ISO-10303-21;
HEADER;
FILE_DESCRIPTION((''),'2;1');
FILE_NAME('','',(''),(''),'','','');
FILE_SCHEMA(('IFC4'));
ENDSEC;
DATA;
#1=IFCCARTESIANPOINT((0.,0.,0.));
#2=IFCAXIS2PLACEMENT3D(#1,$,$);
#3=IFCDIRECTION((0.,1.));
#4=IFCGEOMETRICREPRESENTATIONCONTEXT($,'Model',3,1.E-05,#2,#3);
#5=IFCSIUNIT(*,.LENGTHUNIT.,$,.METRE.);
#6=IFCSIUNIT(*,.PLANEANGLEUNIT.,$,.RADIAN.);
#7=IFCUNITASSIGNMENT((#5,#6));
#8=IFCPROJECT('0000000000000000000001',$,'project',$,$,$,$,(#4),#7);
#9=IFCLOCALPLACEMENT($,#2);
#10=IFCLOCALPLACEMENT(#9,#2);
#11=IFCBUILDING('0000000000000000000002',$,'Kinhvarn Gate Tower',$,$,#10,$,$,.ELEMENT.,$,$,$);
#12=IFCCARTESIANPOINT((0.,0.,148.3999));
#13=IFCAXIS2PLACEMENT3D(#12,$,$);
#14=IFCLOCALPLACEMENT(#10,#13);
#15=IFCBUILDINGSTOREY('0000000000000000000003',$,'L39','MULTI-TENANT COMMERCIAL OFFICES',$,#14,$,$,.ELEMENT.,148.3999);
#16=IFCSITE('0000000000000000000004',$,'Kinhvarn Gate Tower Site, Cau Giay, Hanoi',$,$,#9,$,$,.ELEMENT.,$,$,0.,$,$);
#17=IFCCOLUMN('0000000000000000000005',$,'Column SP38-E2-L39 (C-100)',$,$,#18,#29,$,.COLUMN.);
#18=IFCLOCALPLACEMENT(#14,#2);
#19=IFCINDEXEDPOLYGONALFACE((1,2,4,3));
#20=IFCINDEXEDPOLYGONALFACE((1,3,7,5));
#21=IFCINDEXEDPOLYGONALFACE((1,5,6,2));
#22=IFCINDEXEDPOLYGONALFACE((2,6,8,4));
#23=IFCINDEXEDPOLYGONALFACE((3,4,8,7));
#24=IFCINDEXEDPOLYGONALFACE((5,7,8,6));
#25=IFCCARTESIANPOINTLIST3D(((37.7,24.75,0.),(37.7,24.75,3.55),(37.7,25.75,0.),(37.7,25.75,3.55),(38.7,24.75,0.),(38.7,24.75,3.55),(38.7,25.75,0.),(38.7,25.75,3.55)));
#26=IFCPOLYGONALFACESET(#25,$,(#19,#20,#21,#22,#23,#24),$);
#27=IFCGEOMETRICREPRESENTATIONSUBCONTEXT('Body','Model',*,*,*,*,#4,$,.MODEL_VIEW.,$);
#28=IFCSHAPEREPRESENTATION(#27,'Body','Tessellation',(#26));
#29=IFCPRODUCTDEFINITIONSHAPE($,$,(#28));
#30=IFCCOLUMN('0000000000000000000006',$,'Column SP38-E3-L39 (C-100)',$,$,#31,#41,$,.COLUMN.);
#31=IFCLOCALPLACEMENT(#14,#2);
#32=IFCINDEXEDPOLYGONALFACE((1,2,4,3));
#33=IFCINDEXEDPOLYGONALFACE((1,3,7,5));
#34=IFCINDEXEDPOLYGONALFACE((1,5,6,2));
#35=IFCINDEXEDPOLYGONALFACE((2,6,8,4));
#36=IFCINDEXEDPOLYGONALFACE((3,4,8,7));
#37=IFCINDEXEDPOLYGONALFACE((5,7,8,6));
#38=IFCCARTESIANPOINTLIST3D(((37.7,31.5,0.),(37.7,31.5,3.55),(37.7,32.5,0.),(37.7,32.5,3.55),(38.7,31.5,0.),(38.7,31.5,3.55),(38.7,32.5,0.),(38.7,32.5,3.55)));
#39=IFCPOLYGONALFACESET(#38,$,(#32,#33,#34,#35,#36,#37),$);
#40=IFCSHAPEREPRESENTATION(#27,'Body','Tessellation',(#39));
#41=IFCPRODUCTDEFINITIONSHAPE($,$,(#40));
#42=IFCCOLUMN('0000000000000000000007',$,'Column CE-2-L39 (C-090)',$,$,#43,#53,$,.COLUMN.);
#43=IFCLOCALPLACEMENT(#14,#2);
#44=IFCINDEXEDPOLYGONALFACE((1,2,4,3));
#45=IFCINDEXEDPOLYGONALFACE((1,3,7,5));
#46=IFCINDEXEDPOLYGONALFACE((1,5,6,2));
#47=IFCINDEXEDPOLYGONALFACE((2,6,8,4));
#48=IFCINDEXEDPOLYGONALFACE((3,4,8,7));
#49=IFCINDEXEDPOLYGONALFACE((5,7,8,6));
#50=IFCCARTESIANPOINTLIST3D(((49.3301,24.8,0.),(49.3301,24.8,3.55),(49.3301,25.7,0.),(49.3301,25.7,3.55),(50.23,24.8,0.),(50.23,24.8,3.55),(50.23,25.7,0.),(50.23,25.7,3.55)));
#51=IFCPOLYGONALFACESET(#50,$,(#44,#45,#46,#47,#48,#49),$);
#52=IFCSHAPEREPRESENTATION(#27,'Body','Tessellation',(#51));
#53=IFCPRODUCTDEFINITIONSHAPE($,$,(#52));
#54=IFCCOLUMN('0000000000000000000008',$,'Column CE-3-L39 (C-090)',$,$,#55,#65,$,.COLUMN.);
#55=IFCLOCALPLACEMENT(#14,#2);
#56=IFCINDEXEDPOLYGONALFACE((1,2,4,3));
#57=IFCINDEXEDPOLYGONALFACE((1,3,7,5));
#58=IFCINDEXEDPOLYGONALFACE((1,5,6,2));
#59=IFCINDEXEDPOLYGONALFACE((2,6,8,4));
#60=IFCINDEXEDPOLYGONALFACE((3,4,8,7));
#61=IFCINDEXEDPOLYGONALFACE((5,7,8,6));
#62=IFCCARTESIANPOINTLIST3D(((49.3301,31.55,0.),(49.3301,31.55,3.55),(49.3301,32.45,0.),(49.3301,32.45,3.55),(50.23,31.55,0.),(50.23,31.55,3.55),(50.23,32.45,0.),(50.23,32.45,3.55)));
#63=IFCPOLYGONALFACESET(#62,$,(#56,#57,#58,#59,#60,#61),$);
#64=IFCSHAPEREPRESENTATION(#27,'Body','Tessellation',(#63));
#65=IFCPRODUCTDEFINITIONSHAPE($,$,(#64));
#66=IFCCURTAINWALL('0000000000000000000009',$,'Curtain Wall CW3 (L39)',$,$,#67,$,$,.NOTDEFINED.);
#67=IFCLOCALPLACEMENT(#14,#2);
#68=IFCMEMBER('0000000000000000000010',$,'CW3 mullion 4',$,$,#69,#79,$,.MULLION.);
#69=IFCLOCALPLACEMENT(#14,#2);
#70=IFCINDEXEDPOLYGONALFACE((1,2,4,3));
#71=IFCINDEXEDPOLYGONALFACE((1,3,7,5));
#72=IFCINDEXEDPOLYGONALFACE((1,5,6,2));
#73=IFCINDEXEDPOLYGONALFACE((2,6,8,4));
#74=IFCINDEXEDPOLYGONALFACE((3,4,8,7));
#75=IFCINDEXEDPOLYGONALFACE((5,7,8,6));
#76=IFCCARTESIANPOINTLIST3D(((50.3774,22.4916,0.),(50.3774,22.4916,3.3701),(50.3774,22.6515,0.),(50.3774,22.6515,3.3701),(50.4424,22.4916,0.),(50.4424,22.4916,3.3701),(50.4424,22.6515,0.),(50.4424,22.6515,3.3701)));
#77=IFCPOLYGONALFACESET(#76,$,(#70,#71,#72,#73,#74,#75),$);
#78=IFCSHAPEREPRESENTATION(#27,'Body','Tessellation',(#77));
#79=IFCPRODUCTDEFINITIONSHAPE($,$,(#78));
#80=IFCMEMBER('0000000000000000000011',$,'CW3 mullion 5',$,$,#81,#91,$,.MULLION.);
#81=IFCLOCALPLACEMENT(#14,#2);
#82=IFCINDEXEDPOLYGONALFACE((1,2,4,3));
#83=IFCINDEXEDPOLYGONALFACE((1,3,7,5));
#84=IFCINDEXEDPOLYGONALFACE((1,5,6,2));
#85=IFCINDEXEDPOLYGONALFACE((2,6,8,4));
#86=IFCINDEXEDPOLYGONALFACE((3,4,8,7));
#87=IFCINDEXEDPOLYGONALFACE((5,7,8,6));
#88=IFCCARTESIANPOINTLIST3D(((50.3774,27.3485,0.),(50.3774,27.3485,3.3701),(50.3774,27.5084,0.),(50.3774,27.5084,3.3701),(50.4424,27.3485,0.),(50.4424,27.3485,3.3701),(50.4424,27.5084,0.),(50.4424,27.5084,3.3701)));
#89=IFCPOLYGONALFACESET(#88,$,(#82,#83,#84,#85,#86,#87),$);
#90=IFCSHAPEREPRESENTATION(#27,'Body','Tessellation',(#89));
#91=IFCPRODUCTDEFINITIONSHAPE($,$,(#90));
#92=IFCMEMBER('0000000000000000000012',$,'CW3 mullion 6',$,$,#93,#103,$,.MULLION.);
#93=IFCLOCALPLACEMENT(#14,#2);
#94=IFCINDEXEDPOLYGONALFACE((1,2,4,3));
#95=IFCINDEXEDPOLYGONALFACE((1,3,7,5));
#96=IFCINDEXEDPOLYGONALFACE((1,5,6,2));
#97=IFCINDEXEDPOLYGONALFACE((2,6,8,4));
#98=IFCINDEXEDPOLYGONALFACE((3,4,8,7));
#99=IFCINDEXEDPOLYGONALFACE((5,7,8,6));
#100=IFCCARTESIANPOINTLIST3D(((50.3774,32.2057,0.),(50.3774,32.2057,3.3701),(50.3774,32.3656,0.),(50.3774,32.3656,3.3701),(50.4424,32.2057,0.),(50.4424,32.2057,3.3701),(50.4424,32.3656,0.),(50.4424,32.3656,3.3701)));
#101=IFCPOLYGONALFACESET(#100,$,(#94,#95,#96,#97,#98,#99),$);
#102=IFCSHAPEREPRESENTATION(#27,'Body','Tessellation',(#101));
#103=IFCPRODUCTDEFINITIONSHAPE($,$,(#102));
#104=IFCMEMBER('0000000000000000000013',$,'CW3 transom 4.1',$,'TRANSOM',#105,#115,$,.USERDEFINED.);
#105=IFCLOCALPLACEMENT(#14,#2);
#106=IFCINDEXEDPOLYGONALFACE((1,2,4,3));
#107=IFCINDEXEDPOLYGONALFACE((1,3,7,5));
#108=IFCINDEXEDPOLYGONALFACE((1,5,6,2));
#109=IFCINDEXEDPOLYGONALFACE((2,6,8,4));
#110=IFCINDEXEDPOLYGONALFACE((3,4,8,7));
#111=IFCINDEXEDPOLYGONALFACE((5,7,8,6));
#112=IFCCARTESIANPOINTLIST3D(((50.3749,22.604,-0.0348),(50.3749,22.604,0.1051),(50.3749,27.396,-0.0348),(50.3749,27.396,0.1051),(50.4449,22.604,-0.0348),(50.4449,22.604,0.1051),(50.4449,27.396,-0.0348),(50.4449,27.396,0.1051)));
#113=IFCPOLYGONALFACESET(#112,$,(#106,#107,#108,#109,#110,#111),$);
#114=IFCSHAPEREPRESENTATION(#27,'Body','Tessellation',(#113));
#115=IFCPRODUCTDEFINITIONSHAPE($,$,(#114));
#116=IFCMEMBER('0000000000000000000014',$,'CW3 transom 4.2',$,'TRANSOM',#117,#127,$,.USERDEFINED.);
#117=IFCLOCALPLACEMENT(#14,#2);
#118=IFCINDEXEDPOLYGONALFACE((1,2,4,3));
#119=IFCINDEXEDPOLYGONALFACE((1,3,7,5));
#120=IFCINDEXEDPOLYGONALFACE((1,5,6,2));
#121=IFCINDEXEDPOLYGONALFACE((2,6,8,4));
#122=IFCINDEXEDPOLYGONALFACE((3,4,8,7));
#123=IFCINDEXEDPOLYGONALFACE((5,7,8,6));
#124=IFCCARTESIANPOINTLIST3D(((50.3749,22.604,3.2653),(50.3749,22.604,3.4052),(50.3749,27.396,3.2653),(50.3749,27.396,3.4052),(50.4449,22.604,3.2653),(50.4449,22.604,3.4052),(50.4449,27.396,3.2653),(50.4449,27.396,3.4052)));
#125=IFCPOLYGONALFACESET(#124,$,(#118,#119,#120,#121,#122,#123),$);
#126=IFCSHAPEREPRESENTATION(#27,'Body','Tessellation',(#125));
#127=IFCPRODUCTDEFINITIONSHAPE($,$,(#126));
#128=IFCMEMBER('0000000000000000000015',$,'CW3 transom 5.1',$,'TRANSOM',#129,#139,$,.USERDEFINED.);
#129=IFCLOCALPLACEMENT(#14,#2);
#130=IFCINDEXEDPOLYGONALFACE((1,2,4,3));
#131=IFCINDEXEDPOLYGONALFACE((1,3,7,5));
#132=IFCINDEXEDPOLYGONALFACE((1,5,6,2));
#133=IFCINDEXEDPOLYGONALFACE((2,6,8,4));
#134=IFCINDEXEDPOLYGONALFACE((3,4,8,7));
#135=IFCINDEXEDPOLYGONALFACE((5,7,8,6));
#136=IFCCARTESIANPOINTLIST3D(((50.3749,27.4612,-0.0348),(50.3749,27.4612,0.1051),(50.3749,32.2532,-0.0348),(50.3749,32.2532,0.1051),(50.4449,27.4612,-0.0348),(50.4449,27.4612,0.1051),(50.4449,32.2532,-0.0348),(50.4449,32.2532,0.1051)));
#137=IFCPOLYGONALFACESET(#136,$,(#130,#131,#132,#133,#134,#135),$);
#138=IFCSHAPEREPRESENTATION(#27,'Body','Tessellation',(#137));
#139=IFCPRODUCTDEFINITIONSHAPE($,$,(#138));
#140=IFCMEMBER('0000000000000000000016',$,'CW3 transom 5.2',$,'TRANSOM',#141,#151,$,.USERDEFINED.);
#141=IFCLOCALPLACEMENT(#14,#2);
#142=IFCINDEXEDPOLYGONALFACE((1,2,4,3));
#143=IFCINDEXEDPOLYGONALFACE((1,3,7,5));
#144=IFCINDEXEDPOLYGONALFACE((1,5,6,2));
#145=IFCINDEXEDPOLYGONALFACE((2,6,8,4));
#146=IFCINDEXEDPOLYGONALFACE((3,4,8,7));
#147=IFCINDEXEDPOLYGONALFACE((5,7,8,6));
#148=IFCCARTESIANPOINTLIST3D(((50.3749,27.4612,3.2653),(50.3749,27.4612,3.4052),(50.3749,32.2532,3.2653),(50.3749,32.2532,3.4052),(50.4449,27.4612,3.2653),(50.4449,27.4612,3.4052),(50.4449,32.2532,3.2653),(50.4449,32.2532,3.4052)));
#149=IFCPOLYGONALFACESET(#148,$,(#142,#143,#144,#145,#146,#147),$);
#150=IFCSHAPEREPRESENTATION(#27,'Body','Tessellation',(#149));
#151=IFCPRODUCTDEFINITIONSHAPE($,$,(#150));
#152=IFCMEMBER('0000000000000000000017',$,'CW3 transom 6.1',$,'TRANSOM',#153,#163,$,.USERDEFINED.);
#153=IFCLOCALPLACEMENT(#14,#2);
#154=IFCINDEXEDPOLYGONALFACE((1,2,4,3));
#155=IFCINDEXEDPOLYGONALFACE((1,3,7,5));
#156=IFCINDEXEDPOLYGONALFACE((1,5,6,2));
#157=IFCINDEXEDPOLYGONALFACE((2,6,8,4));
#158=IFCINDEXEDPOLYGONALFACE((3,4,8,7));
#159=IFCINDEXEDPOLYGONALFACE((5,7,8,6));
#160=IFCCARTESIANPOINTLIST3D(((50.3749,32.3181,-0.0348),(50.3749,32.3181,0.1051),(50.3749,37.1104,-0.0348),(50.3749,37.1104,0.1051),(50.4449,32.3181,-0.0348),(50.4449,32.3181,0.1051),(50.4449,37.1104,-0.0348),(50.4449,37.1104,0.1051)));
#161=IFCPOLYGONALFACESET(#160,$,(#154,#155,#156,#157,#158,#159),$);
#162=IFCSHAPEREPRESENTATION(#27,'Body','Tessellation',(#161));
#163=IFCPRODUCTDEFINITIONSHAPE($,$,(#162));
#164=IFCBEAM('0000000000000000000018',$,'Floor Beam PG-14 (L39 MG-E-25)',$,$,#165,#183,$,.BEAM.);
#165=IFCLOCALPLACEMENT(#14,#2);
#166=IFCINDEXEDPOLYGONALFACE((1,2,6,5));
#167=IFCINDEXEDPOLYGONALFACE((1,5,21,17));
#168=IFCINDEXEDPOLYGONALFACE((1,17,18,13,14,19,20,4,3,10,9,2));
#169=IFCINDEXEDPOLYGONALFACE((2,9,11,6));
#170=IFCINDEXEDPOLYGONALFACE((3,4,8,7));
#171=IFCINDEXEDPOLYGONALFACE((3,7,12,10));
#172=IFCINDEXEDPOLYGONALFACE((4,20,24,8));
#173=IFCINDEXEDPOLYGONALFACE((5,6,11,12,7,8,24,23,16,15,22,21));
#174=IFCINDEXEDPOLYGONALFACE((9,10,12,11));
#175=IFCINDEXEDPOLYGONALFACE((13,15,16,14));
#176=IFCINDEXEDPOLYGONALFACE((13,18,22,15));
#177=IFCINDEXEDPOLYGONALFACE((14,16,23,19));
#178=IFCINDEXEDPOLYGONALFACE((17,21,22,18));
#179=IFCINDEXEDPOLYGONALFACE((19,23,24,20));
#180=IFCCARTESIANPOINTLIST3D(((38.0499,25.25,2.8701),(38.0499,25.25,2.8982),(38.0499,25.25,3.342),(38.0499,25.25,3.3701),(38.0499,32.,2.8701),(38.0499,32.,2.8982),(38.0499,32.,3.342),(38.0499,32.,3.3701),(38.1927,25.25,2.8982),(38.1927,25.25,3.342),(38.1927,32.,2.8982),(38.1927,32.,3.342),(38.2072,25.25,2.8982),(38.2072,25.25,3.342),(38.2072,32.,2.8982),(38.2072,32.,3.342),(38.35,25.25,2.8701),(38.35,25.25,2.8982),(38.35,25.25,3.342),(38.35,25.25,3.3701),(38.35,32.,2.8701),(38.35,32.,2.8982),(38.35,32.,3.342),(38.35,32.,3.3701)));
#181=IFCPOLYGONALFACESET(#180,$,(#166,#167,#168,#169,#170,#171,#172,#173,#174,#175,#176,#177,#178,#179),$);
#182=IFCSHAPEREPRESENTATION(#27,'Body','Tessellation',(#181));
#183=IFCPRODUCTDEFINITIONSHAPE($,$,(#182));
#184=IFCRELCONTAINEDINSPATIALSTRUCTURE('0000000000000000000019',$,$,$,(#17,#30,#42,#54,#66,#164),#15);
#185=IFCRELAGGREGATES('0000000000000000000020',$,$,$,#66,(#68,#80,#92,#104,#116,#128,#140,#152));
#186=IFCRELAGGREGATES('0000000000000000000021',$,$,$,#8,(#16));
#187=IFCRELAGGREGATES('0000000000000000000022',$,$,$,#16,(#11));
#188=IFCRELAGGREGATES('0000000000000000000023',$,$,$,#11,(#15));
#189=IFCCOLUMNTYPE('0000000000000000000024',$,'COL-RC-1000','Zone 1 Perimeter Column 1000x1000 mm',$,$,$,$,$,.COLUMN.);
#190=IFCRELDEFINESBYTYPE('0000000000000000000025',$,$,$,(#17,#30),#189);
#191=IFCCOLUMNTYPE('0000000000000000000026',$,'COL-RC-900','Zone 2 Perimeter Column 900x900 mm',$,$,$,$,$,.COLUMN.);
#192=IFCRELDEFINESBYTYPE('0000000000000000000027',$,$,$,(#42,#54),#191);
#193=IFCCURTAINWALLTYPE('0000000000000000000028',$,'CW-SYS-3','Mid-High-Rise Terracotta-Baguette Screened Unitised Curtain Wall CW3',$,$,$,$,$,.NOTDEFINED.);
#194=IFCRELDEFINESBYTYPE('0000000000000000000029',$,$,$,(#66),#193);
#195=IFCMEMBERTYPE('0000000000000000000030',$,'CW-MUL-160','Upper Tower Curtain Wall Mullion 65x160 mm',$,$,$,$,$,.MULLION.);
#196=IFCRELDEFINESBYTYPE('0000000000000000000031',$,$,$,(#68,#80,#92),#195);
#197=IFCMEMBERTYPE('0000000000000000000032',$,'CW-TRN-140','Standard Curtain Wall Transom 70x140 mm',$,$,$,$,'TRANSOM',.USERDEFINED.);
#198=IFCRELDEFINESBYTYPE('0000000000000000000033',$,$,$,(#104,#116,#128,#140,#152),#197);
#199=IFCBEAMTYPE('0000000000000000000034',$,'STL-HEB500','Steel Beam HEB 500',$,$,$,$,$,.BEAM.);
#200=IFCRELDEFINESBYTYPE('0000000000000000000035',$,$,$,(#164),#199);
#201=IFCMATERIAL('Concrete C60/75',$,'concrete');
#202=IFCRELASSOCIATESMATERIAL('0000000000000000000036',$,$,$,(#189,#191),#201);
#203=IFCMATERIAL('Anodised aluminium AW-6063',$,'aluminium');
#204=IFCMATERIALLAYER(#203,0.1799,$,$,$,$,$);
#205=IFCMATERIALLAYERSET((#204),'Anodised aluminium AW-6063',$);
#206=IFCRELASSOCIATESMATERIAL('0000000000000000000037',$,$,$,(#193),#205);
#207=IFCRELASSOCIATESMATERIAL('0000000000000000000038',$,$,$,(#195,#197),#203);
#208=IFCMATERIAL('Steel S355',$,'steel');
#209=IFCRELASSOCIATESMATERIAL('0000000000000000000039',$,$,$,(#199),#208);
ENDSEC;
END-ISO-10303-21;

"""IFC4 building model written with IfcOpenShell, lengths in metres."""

from ifc_helpers import new_model, si_unit, direction, frame, origin, origin_2d, place, context, subcontext, project, spatial, rectangle, i_section, extrude, material, layer, layer_set, material_profile, profile_set, type_object, element, aggregate, save


model = new_model("IFC4")

# Units and contexts
model_context = context("Model", 3, precision=1e-05, world=origin(), true_north=direction((0.0, 1.0)))
body_context = subcontext(model_context, "Body", "Model", "MODEL_VIEW")
ifc_project = project(units=[si_unit("LENGTHUNIT", "METRE"), si_unit("PLANEANGLEUNIT", "RADIAN")], contexts=[model_context])

# Site, building, storey
site_placement = place(None, origin())
site = spatial("IfcSite", under=ifc_project, at=site_placement, Name="Kinhvarn Gate Tower Site, Cau Giay, Hanoi", CompositionType="ELEMENT", RefElevation=0.0)
building_placement = place(site_placement, origin())
building = spatial("IfcBuilding", under=site, at=building_placement, Name="Kinhvarn Gate Tower", CompositionType="ELEMENT")
storey_placement = place(building_placement, frame((0.0, 0.0, 148.3999)))
storey = spatial("IfcBuildingStorey", under=building, at=storey_placement, Name="L39", Description="MULTI-TENANT COMMERCIAL OFFICES", CompositionType="ELEMENT", Elevation=148.3999)

# Columns
ifc_material_1 = material(Name="Concrete C60/75", Category="concrete")
ifc_material_profile_1 = material_profile(ifc_material_1, rectangle(XDim=1.0, YDim=1.0, at=origin_2d()), Name="RC 1000x1000")
ifc_profile_set_1 = profile_set([ifc_material_profile_1], Name="Concrete C60/75")
column_type_1 = type_object("IfcColumnType", Name="COL-RC-1000", Description="Zone 1 Perimeter Column 1000x1000 mm", PredefinedType="COLUMN", material=ifc_profile_set_1)
for number, where, z_axis, x_axis, name in (
    (1, (38.2, 25.25, 0.0), (0.0, 0.0, 1.0), (1.0, 0.0, 0.0), "Column SP38-E2-L39 (C-100)"),
    (2, (38.2, 32.0, 0.0), (0.0, 0.0, 1.0), (1.0, 0.0, 0.0), "Column SP38-E3-L39 (C-100)"),
):
    element("IfcColumn", number, at=place(storey_placement, frame(where, z_axis=z_axis, x_axis=x_axis)), inside=storey, type_object=column_type_1, Name=name, PredefinedType="COLUMN", context=body_context, shape_type="SweptSolid", body=[
        extrude(rectangle(XDim=1.0, YDim=1.0, at=origin_2d()), origin(), (0.0, 0.0, 1.0), 3.55),
    ])
ifc_material_profile_2 = material_profile(ifc_material_1, rectangle(XDim=0.8999, YDim=0.8999, at=origin_2d()), Name="RC 900x900")
ifc_profile_set_2 = profile_set([ifc_material_profile_2], Name="Concrete C60/75")
column_type_2 = type_object("IfcColumnType", Name="COL-RC-900", Description="Zone 2 Perimeter Column 900x900 mm", PredefinedType="COLUMN", material=ifc_profile_set_2)
for number, where, z_axis, x_axis, name in (
    (3, (49.78, 25.25, 0.0), (0.0, 0.0, 1.0), (1.0, 0.0, 0.0), "Column CE-2-L39 (C-090)"),
    (4, (49.78, 32.0, 0.0), (0.0, 0.0, 1.0), (1.0, 0.0, 0.0), "Column CE-3-L39 (C-090)"),
):
    element("IfcColumn", number, at=place(storey_placement, frame(where, z_axis=z_axis, x_axis=x_axis)), inside=storey, type_object=column_type_2, Name=name, PredefinedType="COLUMN", context=body_context, shape_type="SweptSolid", body=[
        extrude(rectangle(XDim=0.8999, YDim=0.8999, at=origin_2d()), origin(), (0.0, 0.0, 1.0), 3.55),
    ])

# Curtain wall, members
ifc_material_2 = material(Name="Anodised aluminium AW-6063", Category="aluminium")
ifc_layer_1 = layer(ifc_material_2, 0.1799)
ifc_layer_set_1 = layer_set([ifc_layer_1], Name="Anodised aluminium AW-6063")
curtain_wall_type = type_object("IfcCurtainWallType", Name="CW-SYS-3", Description="Mid-High-Rise Terracotta-Baguette Screened Unitised Curtain Wall CW3", PredefinedType="NOTDEFINED", material=ifc_layer_set_1)
curtain_wall_placement = place(storey_placement, origin())
curtain_wall = element("IfcCurtainWall", 5, at=curtain_wall_placement, inside=storey, type_object=curtain_wall_type, Name="Curtain Wall CW3 (L39)", PredefinedType="NOTDEFINED")
ifc_material_profile_3 = material_profile(ifc_material_2, rectangle(XDim=0.0649, YDim=0.1599, at=origin_2d()), Name="ALU 65x160")
ifc_profile_set_3 = profile_set([ifc_material_profile_3], Name="Anodised aluminium AW-6063")
member_type_1 = type_object("IfcMemberType", Name="CW-MUL-160", Description="Upper Tower Curtain Wall Mullion 65x160 mm", PredefinedType="MULLION", material=ifc_profile_set_3)
member_1_placement = place(storey_placement, frame((50.4099, 22.5715, 0.0), z_axis=(0.0, 0.0, 1.0), x_axis=(-1.0, 0.0, 0.0)))
member_1 = element("IfcMember", 6, at=member_1_placement, type_object=member_type_1, Name="CW3 mullion 4", PredefinedType="MULLION", context=body_context, shape_type="SweptSolid", body=[
    extrude(rectangle(XDim=0.0649, YDim=0.1599, at=origin_2d()), origin(), (0.0, 0.0, 1.0), 3.3701),
])
member_2_placement = place(storey_placement, frame((50.4099, 27.4285, 0.0), z_axis=(0.0, 0.0, 1.0), x_axis=(-1.0, 0.0, 0.0)))
member_2 = element("IfcMember", 7, at=member_2_placement, type_object=member_type_1, Name="CW3 mullion 5", PredefinedType="MULLION", context=body_context, shape_type="SweptSolid", body=[
    extrude(rectangle(XDim=0.0649, YDim=0.1599, at=origin_2d()), origin(), (0.0, 0.0, 1.0), 3.3701),
])
member_3_placement = place(storey_placement, frame((50.4099, 32.2856, 0.0), z_axis=(0.0, 0.0, 1.0), x_axis=(-1.0, 0.0, 0.0)))
member_3 = element("IfcMember", 8, at=member_3_placement, type_object=member_type_1, Name="CW3 mullion 6", PredefinedType="MULLION", context=body_context, shape_type="SweptSolid", body=[
    extrude(rectangle(XDim=0.0649, YDim=0.1599, at=origin_2d()), origin(), (0.0, 0.0, 1.0), 3.3701),
])
ifc_material_profile_4 = material_profile(ifc_material_2, rectangle(XDim=0.0701, YDim=0.1399, at=origin_2d()), Name="ALU 70x140")
ifc_profile_set_4 = profile_set([ifc_material_profile_4], Name="Anodised aluminium AW-6063")
member_type_2 = type_object("IfcMemberType", Name="CW-TRN-140", Description="Standard Curtain Wall Transom 70x140 mm", ElementType="TRANSOM", PredefinedType="USERDEFINED", material=ifc_profile_set_4)
member_4_placement = place(storey_placement, frame((50.4099, 22.604, 0.0352), z_axis=(0.0, 1.0, 0.0), x_axis=(-1.0, 0.0, 0.0)))
member_4 = element("IfcMember", 9, at=member_4_placement, type_object=member_type_2, Name="CW3 transom 4.1", ObjectType="TRANSOM", PredefinedType="USERDEFINED", context=body_context, shape_type="SweptSolid", body=[
    extrude(rectangle(XDim=0.0701, YDim=0.1399, at=origin_2d()), origin(), (0.0, 0.0, 1.0), 4.792),
])
member_5_placement = place(storey_placement, frame((50.4099, 22.604, 3.3352), z_axis=(0.0, 1.0, 0.0), x_axis=(-1.0, 0.0, 0.0)))
member_5 = element("IfcMember", 10, at=member_5_placement, type_object=member_type_2, Name="CW3 transom 4.2", ObjectType="TRANSOM", PredefinedType="USERDEFINED", context=body_context, shape_type="SweptSolid", body=[
    extrude(rectangle(XDim=0.0701, YDim=0.1399, at=origin_2d()), origin(), (0.0, 0.0, 1.0), 4.792),
])
member_6_placement = place(storey_placement, frame((50.4099, 27.4612, 0.0352), z_axis=(0.0, 1.0, 0.0), x_axis=(-1.0, 0.0, 0.0)))
member_6 = element("IfcMember", 11, at=member_6_placement, type_object=member_type_2, Name="CW3 transom 5.1", ObjectType="TRANSOM", PredefinedType="USERDEFINED", context=body_context, shape_type="SweptSolid", body=[
    extrude(rectangle(XDim=0.0701, YDim=0.1399, at=origin_2d()), origin(), (0.0, 0.0, 1.0), 4.792),
])
member_7_placement = place(storey_placement, frame((50.4099, 27.4612, 3.3352), z_axis=(0.0, 1.0, 0.0), x_axis=(-1.0, 0.0, 0.0)))
member_7 = element("IfcMember", 12, at=member_7_placement, type_object=member_type_2, Name="CW3 transom 5.2", ObjectType="TRANSOM", PredefinedType="USERDEFINED", context=body_context, shape_type="SweptSolid", body=[
    extrude(rectangle(XDim=0.0701, YDim=0.1399, at=origin_2d()), origin(), (0.0, 0.0, 1.0), 4.792),
])
member_8_placement = place(storey_placement, frame((50.4099, 32.3181, 0.0352), z_axis=(0.0, 1.0, 0.0), x_axis=(-1.0, 0.0, 0.0)))
member_8 = element("IfcMember", 13, at=member_8_placement, type_object=member_type_2, Name="CW3 transom 6.1", ObjectType="TRANSOM", PredefinedType="USERDEFINED", context=body_context, shape_type="SweptSolid", body=[
    extrude(rectangle(XDim=0.0701, YDim=0.1399, at=origin_2d()), origin(), (0.0, 0.0, 1.0), 4.7922),
])

# Beam
ifc_material_3 = material(Name="Steel S355", Category="steel")
ifc_material_profile_5 = material_profile(ifc_material_3, i_section(OverallWidth=0.3, OverallDepth=0.5, WebThickness=0.0144, FlangeThickness=0.0281, at=origin_2d()), Name="HEB 500")
ifc_profile_set_5 = profile_set([ifc_material_profile_5], Name="Steel S355")
beam_type_1 = type_object("IfcBeamType", Name="STL-HEB500", Description="Steel Beam HEB 500", PredefinedType="BEAM", material=ifc_profile_set_5)
beam_1_placement = place(storey_placement, frame((38.2, 25.25, 3.1201), z_axis=(0.0, 1.0, 0.0), x_axis=(-1.0, 0.0, 0.0)))
element("IfcBeam", 14, at=beam_1_placement, inside=storey, type_object=beam_type_1, Name="Floor Beam PG-14 (L39 MG-E-25)", PredefinedType="BEAM", context=body_context, shape_type="SweptSolid", body=[
    extrude(i_section(OverallWidth=0.3, OverallDepth=0.5, WebThickness=0.0144, FlangeThickness=0.0281, at=origin_2d()), origin(), (0.0, 0.0, 1.0), 6.75),
])

aggregate(curtain_wall, [member_1, member_2, member_3, member_4, member_5, member_6, member_7, member_8])

save(model, "model.ifc")
